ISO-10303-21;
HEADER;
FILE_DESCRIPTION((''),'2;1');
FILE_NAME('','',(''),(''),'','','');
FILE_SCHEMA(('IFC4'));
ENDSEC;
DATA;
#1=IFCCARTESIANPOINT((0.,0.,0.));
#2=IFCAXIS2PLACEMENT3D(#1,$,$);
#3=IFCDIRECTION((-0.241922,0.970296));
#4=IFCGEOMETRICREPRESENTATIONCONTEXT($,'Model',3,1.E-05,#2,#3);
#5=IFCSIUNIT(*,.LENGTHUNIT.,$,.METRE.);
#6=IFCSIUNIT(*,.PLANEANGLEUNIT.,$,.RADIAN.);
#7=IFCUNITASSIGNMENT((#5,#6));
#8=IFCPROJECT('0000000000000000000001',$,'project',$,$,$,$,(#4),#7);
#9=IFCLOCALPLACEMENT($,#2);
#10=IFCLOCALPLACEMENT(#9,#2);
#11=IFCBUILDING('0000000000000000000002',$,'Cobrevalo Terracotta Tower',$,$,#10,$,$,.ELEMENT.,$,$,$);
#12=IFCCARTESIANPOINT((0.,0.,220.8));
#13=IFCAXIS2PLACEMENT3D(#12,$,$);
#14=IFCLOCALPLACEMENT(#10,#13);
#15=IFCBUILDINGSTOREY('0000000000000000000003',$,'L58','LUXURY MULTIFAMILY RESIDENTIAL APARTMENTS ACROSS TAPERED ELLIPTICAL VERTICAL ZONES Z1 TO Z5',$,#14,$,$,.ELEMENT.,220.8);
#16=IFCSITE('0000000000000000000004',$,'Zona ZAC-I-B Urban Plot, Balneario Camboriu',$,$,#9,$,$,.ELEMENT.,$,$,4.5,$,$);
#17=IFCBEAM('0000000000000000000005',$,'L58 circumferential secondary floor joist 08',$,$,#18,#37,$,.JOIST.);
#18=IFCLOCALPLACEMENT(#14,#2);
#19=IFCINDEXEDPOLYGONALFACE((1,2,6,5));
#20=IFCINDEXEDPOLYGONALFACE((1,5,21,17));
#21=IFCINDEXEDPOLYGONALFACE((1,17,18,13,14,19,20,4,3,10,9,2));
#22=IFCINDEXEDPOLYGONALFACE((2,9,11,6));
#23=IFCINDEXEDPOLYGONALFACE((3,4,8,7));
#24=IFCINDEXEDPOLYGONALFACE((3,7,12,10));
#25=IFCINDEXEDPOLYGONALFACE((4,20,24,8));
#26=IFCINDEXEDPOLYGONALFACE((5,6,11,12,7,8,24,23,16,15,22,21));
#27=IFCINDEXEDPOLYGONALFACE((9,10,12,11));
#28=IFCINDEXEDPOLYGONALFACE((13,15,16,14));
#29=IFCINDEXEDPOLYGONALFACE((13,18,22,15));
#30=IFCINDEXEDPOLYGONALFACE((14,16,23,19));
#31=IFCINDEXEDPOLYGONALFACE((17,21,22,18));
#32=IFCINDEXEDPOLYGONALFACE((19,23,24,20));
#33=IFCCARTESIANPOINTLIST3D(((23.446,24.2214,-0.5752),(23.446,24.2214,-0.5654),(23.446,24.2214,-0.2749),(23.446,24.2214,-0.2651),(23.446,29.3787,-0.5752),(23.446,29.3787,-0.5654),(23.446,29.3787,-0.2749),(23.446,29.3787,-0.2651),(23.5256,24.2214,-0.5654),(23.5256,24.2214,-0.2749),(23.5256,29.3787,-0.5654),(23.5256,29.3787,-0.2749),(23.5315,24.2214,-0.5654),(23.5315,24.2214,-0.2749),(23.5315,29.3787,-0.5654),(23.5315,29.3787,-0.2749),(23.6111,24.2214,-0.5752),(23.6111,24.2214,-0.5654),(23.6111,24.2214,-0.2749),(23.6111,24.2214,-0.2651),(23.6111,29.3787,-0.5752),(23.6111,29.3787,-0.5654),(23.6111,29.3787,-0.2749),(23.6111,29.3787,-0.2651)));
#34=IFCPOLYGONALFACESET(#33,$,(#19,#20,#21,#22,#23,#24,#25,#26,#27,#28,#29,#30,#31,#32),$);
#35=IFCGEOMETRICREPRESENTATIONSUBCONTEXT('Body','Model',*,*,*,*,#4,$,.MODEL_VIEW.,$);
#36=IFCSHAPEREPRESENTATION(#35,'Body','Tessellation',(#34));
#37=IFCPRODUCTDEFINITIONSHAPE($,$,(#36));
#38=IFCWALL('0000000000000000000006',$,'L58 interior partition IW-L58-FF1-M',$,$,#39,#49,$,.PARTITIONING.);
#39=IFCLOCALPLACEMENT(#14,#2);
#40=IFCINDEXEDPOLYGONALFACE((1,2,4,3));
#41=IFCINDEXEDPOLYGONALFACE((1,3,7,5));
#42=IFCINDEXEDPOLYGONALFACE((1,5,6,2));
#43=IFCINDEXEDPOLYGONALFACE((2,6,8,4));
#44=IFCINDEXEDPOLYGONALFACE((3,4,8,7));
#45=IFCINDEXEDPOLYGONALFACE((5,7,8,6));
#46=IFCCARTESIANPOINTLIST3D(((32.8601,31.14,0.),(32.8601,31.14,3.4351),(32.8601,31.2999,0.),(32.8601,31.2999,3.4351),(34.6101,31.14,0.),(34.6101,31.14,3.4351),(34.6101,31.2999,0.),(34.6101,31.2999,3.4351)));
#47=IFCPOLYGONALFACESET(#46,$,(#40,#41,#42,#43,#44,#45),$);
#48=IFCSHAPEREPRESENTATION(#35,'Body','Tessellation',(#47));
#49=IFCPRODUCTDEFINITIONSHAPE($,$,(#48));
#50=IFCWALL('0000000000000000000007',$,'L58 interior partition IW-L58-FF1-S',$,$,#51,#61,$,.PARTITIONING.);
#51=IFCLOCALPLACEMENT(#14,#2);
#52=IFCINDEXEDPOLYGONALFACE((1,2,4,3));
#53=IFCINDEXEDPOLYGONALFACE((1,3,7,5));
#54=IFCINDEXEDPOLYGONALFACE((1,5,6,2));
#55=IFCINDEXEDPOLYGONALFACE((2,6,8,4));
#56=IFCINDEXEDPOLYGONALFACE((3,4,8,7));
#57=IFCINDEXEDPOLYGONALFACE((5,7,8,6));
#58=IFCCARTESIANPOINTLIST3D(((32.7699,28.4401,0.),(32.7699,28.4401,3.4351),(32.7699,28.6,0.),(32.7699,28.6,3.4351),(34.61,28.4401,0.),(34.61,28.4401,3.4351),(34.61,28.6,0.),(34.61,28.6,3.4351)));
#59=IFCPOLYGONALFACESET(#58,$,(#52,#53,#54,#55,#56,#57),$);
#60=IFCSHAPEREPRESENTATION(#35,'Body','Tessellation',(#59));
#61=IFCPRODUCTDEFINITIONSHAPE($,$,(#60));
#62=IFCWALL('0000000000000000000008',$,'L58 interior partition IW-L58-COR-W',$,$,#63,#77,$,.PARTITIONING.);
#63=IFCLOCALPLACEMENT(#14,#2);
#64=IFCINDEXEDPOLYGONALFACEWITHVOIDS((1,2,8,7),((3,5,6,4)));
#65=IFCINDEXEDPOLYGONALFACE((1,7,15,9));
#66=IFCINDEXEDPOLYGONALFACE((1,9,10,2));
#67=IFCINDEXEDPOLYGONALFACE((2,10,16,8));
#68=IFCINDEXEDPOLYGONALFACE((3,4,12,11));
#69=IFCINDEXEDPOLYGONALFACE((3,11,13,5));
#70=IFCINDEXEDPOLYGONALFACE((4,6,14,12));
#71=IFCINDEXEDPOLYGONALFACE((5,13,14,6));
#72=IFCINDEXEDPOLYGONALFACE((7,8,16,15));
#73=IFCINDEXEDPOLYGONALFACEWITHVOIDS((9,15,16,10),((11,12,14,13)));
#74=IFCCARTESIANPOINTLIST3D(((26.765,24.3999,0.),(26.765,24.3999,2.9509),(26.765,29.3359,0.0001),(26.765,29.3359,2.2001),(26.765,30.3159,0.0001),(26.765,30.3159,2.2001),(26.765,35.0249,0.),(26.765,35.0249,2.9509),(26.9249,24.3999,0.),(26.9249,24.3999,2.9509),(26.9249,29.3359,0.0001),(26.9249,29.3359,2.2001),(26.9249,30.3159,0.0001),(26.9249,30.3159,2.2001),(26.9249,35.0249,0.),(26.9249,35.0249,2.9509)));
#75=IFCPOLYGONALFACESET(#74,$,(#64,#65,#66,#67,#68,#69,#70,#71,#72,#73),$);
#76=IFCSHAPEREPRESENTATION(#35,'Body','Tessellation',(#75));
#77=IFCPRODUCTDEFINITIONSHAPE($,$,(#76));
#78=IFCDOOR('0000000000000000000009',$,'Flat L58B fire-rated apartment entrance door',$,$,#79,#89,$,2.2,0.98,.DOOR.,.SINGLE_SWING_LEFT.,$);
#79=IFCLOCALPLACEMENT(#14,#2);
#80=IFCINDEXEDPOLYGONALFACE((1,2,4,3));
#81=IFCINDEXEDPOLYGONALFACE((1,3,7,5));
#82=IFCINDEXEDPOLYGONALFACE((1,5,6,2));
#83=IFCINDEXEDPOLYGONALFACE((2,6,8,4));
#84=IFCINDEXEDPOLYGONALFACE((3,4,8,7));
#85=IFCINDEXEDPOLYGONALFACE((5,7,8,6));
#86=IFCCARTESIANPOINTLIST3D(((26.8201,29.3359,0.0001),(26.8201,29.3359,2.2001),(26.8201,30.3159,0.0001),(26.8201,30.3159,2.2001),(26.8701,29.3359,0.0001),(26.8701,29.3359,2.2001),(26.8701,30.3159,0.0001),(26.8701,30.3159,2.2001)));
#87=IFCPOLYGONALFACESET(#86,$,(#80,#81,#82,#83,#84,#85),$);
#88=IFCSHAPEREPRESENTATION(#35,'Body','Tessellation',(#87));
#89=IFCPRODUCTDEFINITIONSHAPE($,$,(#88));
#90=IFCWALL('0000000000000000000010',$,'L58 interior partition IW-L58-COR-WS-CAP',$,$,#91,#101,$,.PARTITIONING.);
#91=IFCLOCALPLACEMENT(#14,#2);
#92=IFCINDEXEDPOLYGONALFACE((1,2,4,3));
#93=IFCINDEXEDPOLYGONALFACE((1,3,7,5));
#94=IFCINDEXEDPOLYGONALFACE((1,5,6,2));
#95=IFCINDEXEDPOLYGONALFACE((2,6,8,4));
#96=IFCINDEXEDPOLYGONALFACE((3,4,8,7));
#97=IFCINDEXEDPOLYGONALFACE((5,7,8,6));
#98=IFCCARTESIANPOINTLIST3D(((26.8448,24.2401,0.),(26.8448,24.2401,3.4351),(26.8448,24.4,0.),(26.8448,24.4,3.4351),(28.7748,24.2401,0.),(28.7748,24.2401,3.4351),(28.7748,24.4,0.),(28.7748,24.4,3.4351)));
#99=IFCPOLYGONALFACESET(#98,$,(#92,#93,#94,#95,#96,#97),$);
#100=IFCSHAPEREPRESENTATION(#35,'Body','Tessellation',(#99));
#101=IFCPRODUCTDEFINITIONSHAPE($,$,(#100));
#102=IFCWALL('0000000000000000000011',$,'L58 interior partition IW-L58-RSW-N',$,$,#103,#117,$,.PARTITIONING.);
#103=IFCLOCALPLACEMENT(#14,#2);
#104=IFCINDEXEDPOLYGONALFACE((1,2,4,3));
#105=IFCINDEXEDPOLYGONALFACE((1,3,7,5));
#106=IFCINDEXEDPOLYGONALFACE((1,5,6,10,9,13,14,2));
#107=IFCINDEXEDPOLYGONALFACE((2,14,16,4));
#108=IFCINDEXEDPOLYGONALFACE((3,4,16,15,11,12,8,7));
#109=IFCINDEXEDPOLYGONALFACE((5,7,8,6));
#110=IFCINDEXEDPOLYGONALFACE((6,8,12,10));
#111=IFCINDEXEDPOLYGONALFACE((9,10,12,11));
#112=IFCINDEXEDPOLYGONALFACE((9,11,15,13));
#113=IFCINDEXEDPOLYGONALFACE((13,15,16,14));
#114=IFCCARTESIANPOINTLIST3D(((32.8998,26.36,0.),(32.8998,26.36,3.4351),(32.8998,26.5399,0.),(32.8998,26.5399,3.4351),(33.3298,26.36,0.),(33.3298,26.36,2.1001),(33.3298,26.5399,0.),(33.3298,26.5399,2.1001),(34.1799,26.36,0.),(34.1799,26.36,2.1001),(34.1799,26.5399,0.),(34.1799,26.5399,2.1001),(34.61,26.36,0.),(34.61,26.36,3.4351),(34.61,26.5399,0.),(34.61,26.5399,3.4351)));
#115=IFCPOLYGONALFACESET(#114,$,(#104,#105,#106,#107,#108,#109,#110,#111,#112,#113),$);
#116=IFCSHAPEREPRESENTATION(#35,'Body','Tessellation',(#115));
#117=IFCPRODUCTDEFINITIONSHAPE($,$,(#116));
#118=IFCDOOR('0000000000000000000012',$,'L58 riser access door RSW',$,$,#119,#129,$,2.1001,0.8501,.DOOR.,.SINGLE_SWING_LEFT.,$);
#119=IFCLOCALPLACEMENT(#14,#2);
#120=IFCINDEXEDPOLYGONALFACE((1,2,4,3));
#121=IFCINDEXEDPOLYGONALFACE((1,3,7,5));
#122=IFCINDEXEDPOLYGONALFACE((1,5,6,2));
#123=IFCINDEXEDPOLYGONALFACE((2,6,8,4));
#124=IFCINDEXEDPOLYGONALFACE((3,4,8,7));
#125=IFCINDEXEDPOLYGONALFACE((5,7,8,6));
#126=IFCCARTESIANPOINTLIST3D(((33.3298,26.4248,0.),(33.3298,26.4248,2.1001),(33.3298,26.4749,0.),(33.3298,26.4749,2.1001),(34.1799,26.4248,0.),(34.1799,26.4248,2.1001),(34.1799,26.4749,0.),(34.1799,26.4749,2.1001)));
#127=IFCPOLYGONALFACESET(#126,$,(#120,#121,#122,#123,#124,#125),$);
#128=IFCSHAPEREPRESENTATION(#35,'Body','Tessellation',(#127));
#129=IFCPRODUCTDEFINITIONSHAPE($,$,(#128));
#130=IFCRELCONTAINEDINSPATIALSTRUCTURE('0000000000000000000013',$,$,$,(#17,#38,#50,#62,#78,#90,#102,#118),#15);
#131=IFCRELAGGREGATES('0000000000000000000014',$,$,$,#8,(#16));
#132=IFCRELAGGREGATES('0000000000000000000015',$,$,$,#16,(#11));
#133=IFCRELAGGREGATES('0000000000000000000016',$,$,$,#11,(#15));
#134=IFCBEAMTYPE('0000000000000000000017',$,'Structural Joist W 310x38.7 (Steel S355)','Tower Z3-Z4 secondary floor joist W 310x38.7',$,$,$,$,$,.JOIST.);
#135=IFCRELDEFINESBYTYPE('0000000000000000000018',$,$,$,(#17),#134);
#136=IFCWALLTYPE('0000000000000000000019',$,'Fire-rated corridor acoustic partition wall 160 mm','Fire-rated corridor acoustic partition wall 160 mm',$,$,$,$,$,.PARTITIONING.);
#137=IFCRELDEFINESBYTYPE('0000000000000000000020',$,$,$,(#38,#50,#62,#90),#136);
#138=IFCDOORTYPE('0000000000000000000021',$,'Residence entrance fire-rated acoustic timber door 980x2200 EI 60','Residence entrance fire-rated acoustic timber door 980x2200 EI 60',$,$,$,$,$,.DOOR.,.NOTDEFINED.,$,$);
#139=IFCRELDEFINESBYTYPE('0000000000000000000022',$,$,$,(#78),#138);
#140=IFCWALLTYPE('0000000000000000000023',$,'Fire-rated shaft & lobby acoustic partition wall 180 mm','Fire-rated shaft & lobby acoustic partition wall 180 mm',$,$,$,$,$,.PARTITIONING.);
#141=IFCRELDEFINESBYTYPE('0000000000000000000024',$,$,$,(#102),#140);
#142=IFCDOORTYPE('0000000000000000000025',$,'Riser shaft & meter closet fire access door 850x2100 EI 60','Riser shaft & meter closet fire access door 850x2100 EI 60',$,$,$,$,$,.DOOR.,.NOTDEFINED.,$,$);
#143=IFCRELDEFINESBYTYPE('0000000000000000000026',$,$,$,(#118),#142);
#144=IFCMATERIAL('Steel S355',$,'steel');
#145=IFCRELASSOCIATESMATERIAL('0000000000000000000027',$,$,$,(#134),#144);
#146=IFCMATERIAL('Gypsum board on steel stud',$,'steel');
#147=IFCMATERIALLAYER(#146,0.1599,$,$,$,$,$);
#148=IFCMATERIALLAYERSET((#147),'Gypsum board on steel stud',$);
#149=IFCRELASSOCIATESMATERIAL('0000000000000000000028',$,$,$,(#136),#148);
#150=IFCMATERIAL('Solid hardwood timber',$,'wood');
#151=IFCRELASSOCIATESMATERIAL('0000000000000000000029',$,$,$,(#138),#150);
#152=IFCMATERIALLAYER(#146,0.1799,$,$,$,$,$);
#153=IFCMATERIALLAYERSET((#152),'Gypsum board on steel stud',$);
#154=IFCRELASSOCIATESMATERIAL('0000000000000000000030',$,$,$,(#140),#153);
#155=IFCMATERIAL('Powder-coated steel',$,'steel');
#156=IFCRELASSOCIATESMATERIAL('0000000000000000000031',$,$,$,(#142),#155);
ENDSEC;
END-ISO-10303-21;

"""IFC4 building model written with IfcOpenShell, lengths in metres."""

from ifc_helpers import new_model, si_unit, direction, frame, frame_2d, origin, origin_2d, place, context, subcontext, project, spatial, rectangle, i_section, extrude, source, transform, mapped, material, layer, layer_set, material_profile, profile_set, type_object, element, fill, save


model = new_model("IFC4")

# Units and contexts
model_context = context("Model", 3, precision=1e-05, world=origin(), true_north=direction((-0.241922, 0.970296)))
body_context = subcontext(model_context, "Body", "Model", "MODEL_VIEW")
ifc_project = project(units=[si_unit("LENGTHUNIT", "METRE"), si_unit("PLANEANGLEUNIT", "RADIAN")], contexts=[model_context])

# Site, building, storey
site_placement = place(None, origin())
site = spatial("IfcSite", under=ifc_project, at=site_placement, Name="Zona ZAC-I-B Urban Plot, Balneario Camboriu", CompositionType="ELEMENT", RefElevation=4.5)
building_placement = place(site_placement, origin())
building = spatial("IfcBuilding", under=site, at=building_placement, Name="Cobrevalo Terracotta Tower", CompositionType="ELEMENT")
storey_placement = place(building_placement, frame((0.0, 0.0, 220.8)))
storey = spatial("IfcBuildingStorey", under=building, at=storey_placement, Name="L58", Description="LUXURY MULTIFAMILY RESIDENTIAL APARTMENTS ACROSS TAPERED ELLIPTICAL VERTICAL ZONES Z1 TO Z5", CompositionType="ELEMENT", Elevation=220.8)

# Beam
ifc_material_1 = material(Name="Steel S355", Category="steel")
ifc_material_profile = material_profile(ifc_material_1, i_section(OverallWidth=0.165, OverallDepth=0.3101, WebThickness=0.0059, FlangeThickness=0.0098, at=origin_2d()), Name="W 310x38.7")
ifc_profile_set = profile_set([ifc_material_profile], Name="Steel S355")
beam_type = type_object("IfcBeamType", Name="Structural Joist W 310x38.7 (Steel S355)", Description="Tower Z3-Z4 secondary floor joist W 310x38.7", PredefinedType="JOIST", material=ifc_profile_set)
beam_placement = place(storey_placement, frame((23.5286, 29.3787, -0.4202), z_axis=(0.0, -1.0, 0.0), x_axis=(1.0, 0.0, 0.0)))
element("IfcBeam", 1, at=beam_placement, inside=storey, type_object=beam_type, Name="L58 circumferential secondary floor joist 08", PredefinedType="JOIST", context=body_context, shape_type="SweptSolid", body=[
    extrude(i_section(OverallWidth=0.165, OverallDepth=0.3101, WebThickness=0.0059, FlangeThickness=0.0098, at=origin_2d()), origin(), (0.0, 0.0, 1.0), 5.1572),
])

# Walls
ifc_material_2 = material(Name="Gypsum board on steel stud", Category="steel")
ifc_layer_1 = layer(ifc_material_2, 0.1599)
ifc_layer_set_1 = layer_set([ifc_layer_1], Name="Gypsum board on steel stud")
wall_type_1 = type_object("IfcWallType", Name="Fire-rated corridor acoustic partition wall 160 mm", Description="Fire-rated corridor acoustic partition wall 160 mm", PredefinedType="PARTITIONING", material=ifc_layer_set_1)
wall_1_placement = place(storey_placement, frame((32.8601, 31.22, 0.0), z_axis=(0.0, 0.0, 1.0), x_axis=(1.0, 0.0, 0.0)))
element("IfcWall", 2, at=wall_1_placement, inside=storey, type_object=wall_type_1, Name="L58 interior partition IW-L58-FF1-M", PredefinedType="PARTITIONING", context=body_context, shape_type="SweptSolid", body=[
    extrude(rectangle(XDim=1.75, YDim=0.1599, at=frame_2d((0.875, 0.0))), origin(), (0.0, 0.0, 1.0), 3.4351),
])
wall_2_placement = place(storey_placement, frame((32.77, 28.52, 0.0), z_axis=(0.0, 0.0, 1.0), x_axis=(1.0, 0.0, 0.0)))
element("IfcWall", 3, at=wall_2_placement, inside=storey, type_object=wall_type_1, Name="L58 interior partition IW-L58-FF1-S", PredefinedType="PARTITIONING", context=body_context, shape_type="SweptSolid", body=[
    extrude(rectangle(XDim=1.8401, YDim=0.1599, at=frame_2d((0.9199, 0.0))), origin(), (0.0, 0.0, 1.0), 3.4351),
])

# Wall, opening, door
wall_3_placement = place(storey_placement, frame((26.845, 24.3999, 0.0), z_axis=(0.0, 0.0, 1.0), x_axis=(0.0, 1.0, 0.0)))
wall_3 = element("IfcWall", 4, at=wall_3_placement, inside=storey, type_object=wall_type_1, Name="L58 interior partition IW-L58-COR-W", PredefinedType="PARTITIONING", context=body_context, shape_type="SweptSolid", body=[
    extrude(rectangle(XDim=10.625, YDim=0.1599, at=frame_2d((5.3125, 0.0))), origin(), (0.0, 0.0, 1.0), 2.9509),
])
opening_1_placement = place(wall_3_placement, frame((4.936, 0.0, 0.0)))
opening_1 = element("IfcOpeningElement", 5, at=opening_1_placement, cuts=wall_3, PredefinedType="OPENING", context=body_context, shape_type="SweptSolid", body=[
    extrude(rectangle(XDim=0.98, YDim=2.2, at=frame_2d((0.49, 1.1001))), frame((0.0, 0.0898, 0.0), z_axis=(0.0, -1.0, 0.0), x_axis=(1.0, 0.0, 0.0)), (0.0, 0.0, 1.0), 0.1799),
])
ifc_material_3 = material(Name="Solid hardwood timber", Category="wood")
door_type_1 = type_object("IfcDoorType", Name="Residence entrance fire-rated acoustic timber door 980x2200 EI 60", Description="Residence entrance fire-rated acoustic timber door 980x2200 EI 60", OperationType="NOTDEFINED", PredefinedType="DOOR", material=ifc_material_3)
shared_shape_1 = source(origin(), body_context, "Body", "SweptSolid", [
    extrude(rectangle(XDim=0.98, YDim=2.2, at=frame_2d((0.49, 1.1001))), frame((0.0, 0.0249, 0.0), z_axis=(0.0, -1.0, 0.0), x_axis=(1.0, 0.0, 0.0)), (0.0, 0.0, 1.0), 0.05),
])
door_1_placement = place(opening_1_placement, origin())
door_1 = element("IfcDoor", 6, at=door_1_placement, inside=storey, type_object=door_type_1, Name="Flat L58B fire-rated apartment entrance door", OperationType="SINGLE_SWING_LEFT", OverallHeight=2.2, OverallWidth=0.98, PredefinedType="DOOR", context=body_context, shape_type="MappedRepresentation", body=[
    mapped(shared_shape_1, transform((0.0, 0.0, 0.0), scale=1.0)),
])
fill(opening_1, door_1)

# Wall
wall_4_placement = place(storey_placement, frame((26.845, 24.3201, 0.0), z_axis=(0.0, 0.0, 1.0), x_axis=(1.0, 0.0, 0.0)))
element("IfcWall", 7, at=wall_4_placement, inside=storey, type_object=wall_type_1, Name="L58 interior partition IW-L58-COR-WS-CAP", PredefinedType="PARTITIONING", context=body_context, shape_type="SweptSolid", body=[
    extrude(rectangle(XDim=1.9299, YDim=0.1599, at=frame_2d((0.9648, 0.0))), origin(), (0.0, 0.0, 1.0), 3.4351),
])

# Wall, opening, door
ifc_layer_2 = layer(ifc_material_2, 0.1799)
ifc_layer_set_2 = layer_set([ifc_layer_2], Name="Gypsum board on steel stud")
wall_type_2 = type_object("IfcWallType", Name="Fire-rated shaft & lobby acoustic partition wall 180 mm", Description="Fire-rated shaft & lobby acoustic partition wall 180 mm", PredefinedType="PARTITIONING", material=ifc_layer_set_2)
wall_5_placement = place(storey_placement, frame((32.8999, 26.45, 0.0), z_axis=(0.0, 0.0, 1.0), x_axis=(1.0, 0.0, 0.0)))
wall_5 = element("IfcWall", 8, at=wall_5_placement, inside=storey, type_object=wall_type_2, Name="L58 interior partition IW-L58-RSW-N", PredefinedType="PARTITIONING", context=body_context, shape_type="SweptSolid", body=[
    extrude(rectangle(XDim=1.7102, YDim=0.1799, at=frame_2d((0.855, 0.0))), origin(), (0.0, 0.0, 1.0), 3.4351),
])
opening_2_placement = place(wall_5_placement, frame((0.4299, 0.0, 0.0)))
opening_2 = element("IfcOpeningElement", 9, at=opening_2_placement, cuts=wall_5, PredefinedType="OPENING", context=body_context, shape_type="SweptSolid", body=[
    extrude(rectangle(XDim=0.8501, YDim=2.1001, at=frame_2d((0.425, 1.05))), frame((0.0, 0.1001, 0.0), z_axis=(0.0, -1.0, 0.0), x_axis=(1.0, 0.0, 0.0)), (0.0, 0.0, 1.0), 0.2),
])
ifc_material_4 = material(Name="Powder-coated steel", Category="steel")
door_type_2 = type_object("IfcDoorType", Name="Riser shaft & meter closet fire access door 850x2100 EI 60", Description="Riser shaft & meter closet fire access door 850x2100 EI 60", OperationType="NOTDEFINED", PredefinedType="DOOR", material=ifc_material_4)
shared_shape_2 = source(origin(), body_context, "Body", "SweptSolid", [
    extrude(rectangle(XDim=0.8501, YDim=2.1001, at=frame_2d((0.425, 1.05))), frame((0.0, 0.0249, 0.0), z_axis=(0.0, -1.0, 0.0), x_axis=(1.0, 0.0, 0.0)), (0.0, 0.0, 1.0), 0.05),
])
door_2_placement = place(opening_2_placement, origin())
door_2 = element("IfcDoor", 10, at=door_2_placement, inside=storey, type_object=door_type_2, Name="L58 riser access door RSW", OperationType="SINGLE_SWING_LEFT", OverallHeight=2.1001, OverallWidth=0.8501, PredefinedType="DOOR", context=body_context, shape_type="MappedRepresentation", body=[
    mapped(shared_shape_2, transform((0.0, 0.0, 0.0), scale=1.0)),
])
fill(opening_2, door_2)

save(model, "model.ifc")
